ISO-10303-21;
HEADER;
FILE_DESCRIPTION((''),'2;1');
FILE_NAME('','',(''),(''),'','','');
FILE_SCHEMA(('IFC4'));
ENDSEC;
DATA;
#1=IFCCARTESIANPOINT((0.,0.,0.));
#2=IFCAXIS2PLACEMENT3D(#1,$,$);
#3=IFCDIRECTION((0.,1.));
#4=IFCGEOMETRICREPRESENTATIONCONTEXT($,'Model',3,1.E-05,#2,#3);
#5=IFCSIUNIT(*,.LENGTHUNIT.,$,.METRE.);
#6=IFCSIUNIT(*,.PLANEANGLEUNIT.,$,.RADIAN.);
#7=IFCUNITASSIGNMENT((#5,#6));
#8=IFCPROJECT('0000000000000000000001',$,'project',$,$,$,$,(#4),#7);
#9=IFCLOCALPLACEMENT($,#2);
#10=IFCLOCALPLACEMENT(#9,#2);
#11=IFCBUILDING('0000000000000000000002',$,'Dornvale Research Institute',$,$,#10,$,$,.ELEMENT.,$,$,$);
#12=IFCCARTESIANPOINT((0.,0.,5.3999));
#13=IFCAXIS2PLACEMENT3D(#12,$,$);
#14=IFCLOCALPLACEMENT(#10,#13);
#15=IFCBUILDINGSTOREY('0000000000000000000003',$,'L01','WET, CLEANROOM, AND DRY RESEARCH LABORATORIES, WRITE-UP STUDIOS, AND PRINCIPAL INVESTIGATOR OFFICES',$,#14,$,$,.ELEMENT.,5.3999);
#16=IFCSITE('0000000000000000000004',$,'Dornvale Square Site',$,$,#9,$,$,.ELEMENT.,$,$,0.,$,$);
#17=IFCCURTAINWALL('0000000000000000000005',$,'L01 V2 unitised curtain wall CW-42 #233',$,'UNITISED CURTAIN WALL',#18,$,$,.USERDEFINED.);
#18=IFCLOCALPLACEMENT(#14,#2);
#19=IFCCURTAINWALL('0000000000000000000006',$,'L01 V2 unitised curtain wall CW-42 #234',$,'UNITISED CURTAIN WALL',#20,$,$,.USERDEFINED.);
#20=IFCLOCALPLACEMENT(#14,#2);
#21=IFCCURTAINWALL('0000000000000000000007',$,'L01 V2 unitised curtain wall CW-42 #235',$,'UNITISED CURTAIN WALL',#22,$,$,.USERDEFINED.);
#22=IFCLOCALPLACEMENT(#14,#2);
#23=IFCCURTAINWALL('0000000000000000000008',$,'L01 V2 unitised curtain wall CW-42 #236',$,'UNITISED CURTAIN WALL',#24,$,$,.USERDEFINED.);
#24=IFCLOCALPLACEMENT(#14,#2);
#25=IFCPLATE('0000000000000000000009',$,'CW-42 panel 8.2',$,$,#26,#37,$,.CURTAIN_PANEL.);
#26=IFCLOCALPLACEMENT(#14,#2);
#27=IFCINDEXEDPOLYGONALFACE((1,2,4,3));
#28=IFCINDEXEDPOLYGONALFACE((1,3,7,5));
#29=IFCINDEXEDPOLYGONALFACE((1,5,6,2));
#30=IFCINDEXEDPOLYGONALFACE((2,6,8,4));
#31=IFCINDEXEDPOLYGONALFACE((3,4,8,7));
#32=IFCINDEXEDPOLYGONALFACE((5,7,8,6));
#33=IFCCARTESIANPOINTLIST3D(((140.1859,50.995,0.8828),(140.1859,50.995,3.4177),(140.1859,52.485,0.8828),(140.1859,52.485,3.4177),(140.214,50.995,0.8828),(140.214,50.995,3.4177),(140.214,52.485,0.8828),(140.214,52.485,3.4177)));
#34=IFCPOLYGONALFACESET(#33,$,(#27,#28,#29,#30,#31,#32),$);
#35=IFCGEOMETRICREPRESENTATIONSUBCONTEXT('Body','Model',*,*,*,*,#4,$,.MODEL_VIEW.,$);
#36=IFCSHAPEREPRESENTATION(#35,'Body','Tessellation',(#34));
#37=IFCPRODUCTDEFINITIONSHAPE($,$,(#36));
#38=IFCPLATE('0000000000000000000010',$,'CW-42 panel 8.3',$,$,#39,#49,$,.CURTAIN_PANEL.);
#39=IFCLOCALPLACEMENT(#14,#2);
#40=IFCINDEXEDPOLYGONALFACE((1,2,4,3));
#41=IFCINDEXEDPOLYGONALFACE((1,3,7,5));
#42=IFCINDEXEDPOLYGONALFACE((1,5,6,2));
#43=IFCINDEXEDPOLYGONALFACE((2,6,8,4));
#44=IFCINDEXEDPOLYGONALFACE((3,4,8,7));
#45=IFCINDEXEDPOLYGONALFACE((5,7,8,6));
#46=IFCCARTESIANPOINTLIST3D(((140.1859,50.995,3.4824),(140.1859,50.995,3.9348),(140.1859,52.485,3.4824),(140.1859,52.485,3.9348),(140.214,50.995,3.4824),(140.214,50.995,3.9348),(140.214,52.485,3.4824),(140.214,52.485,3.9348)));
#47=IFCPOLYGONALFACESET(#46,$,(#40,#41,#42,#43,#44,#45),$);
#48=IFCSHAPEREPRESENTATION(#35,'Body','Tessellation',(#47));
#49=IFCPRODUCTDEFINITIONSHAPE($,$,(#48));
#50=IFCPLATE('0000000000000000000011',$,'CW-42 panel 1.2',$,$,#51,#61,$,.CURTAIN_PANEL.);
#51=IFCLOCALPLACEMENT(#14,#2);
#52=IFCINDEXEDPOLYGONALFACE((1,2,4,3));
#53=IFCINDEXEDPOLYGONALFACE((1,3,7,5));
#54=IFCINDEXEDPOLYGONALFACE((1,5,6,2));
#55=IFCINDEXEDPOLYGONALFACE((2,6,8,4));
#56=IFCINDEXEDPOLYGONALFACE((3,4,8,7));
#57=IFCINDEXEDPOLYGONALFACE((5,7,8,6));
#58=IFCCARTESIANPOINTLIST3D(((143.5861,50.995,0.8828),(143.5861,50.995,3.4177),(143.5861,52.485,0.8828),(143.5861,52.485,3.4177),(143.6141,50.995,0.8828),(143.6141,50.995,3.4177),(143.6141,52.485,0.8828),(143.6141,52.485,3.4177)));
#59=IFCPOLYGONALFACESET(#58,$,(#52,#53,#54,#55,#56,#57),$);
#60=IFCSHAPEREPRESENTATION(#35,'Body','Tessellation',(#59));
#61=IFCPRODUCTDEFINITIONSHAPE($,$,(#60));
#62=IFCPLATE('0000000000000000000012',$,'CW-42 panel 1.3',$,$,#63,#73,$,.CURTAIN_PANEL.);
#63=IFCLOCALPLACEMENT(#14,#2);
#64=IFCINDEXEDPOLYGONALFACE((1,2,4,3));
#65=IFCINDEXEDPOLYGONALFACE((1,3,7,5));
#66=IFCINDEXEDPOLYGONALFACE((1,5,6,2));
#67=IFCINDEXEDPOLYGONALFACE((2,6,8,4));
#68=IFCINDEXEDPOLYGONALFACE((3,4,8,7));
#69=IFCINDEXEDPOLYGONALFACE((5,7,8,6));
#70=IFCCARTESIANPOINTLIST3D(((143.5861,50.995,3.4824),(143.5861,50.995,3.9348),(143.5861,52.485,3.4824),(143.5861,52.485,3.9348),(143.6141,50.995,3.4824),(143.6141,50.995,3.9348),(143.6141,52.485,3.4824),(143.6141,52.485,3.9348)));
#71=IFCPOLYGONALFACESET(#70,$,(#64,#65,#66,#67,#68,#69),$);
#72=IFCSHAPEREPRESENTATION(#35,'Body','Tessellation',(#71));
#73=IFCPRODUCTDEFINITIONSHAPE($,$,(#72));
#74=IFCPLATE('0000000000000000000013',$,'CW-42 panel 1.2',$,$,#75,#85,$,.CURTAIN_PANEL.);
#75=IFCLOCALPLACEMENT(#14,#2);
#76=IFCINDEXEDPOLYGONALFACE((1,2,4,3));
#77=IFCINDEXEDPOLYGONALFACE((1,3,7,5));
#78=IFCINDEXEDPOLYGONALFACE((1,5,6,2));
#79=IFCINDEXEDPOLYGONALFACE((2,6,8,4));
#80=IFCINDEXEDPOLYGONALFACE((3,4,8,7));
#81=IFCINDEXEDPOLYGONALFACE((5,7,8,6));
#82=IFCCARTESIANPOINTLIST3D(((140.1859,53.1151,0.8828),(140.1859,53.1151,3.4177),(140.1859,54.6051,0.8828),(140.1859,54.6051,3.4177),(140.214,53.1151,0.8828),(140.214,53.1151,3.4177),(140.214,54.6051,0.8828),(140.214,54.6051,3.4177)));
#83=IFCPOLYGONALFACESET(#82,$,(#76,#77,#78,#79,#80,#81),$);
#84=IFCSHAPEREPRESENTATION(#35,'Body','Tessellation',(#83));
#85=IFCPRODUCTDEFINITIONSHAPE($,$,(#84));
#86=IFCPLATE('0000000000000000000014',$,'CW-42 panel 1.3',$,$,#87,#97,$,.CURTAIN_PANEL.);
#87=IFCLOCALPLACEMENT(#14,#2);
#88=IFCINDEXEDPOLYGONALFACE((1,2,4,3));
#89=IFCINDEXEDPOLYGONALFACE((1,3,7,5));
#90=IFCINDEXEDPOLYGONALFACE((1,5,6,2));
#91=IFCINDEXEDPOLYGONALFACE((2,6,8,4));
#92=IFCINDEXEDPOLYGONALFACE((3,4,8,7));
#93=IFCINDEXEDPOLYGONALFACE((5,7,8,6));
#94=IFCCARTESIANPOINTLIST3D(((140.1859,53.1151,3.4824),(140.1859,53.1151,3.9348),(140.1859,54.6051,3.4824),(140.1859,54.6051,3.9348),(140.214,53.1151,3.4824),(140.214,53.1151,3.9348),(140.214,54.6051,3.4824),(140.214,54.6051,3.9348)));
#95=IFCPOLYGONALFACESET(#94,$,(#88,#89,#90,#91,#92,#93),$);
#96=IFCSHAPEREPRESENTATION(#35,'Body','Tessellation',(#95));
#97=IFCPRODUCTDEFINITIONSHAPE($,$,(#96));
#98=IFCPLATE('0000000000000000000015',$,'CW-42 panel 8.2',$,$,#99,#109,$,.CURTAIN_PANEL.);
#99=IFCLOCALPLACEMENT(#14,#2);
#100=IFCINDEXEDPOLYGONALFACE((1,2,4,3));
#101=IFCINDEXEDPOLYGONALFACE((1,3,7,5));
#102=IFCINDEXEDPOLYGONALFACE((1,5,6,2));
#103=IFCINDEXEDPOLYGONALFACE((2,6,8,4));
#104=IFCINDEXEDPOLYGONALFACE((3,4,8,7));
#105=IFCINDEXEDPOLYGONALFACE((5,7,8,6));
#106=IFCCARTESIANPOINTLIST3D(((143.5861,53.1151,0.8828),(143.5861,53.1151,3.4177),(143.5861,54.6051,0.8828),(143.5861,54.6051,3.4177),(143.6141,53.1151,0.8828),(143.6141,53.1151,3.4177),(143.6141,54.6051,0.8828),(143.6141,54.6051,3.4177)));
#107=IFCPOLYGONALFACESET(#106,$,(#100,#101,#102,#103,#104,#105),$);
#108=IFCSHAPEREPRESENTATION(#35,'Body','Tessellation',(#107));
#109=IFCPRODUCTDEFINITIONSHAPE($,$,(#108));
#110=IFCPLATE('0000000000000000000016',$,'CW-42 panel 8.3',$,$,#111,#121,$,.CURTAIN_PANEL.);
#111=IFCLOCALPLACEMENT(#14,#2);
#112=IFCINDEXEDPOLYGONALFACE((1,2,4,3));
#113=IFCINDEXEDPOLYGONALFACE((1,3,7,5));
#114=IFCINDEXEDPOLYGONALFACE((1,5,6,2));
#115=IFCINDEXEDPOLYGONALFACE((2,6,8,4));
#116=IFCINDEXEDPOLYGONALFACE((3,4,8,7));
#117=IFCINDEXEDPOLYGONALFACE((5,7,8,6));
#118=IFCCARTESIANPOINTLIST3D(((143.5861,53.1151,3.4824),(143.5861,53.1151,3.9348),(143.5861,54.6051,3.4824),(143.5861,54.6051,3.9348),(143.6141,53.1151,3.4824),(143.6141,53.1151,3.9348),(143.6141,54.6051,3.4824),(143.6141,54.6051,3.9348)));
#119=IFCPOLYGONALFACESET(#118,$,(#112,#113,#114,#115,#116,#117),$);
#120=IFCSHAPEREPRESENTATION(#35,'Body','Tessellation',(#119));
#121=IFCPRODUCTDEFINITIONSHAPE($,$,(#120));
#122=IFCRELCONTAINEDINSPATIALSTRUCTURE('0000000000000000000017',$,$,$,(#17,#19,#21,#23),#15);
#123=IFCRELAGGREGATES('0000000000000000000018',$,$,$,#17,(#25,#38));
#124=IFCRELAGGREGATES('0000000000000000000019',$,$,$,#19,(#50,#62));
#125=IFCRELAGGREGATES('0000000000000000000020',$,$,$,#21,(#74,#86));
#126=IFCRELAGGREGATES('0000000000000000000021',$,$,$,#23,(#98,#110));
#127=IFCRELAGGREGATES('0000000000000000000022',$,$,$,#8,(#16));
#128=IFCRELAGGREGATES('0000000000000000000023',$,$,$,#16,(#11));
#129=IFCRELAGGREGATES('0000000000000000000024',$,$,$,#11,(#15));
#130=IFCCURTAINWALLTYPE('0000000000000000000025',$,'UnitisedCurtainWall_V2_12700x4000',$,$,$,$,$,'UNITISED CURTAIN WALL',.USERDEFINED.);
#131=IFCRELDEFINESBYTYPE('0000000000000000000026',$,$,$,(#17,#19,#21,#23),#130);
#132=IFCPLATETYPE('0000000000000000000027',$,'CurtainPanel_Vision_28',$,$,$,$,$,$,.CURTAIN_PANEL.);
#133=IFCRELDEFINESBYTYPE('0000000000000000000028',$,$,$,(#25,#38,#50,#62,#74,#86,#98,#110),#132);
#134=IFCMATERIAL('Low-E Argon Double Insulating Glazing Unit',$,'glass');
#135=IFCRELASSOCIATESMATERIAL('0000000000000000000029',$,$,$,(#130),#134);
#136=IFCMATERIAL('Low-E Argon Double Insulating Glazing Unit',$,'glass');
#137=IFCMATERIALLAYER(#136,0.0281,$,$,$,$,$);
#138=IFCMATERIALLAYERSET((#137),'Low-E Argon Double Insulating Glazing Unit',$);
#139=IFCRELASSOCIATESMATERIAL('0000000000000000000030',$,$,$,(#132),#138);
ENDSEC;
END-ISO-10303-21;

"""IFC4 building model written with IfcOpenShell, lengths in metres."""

from ifc_helpers import new_model, si_unit, direction, frame, origin, origin_2d, place, context, subcontext, project, spatial, rectangle, extrude, material, layer, layer_set, type_object, element, aggregate, save


model = new_model("IFC4")

# Units and contexts
model_context = context("Model", 3, precision=1e-05, world=origin(), true_north=direction((0.0, 1.0)))
body_context = subcontext(model_context, "Body", "Model", "MODEL_VIEW")
ifc_project = project(units=[si_unit("LENGTHUNIT", "METRE"), si_unit("PLANEANGLEUNIT", "RADIAN")], contexts=[model_context])

# Site, building, storey
site_placement = place(None, origin())
site = spatial("IfcSite", under=ifc_project, at=site_placement, Name="Dornvale Square Site", CompositionType="ELEMENT", RefElevation=0.0)
building_placement = place(site_placement, origin())
building = spatial("IfcBuilding", under=site, at=building_placement, Name="Dornvale Research Institute", CompositionType="ELEMENT")
storey_placement = place(building_placement, frame((0.0, 0.0, 5.3999)))
storey = spatial("IfcBuildingStorey", under=building, at=storey_placement, Name="L01", Description="WET, CLEANROOM, AND DRY RESEARCH LABORATORIES, WRITE-UP STUDIOS, AND PRINCIPAL INVESTIGATOR OFFICES", CompositionType="ELEMENT", Elevation=5.3999)

# Curtain walls
ifc_material_1 = material(Name="Low-E Argon Double Insulating Glazing Unit", Category="glass")
curtain_wall_type = type_object("IfcCurtainWallType", Name="UnitisedCurtainWall_V2_12700x4000", ElementType="UNITISED CURTAIN WALL", PredefinedType="USERDEFINED", material=ifc_material_1)
curtain_wall_1_placement = place(storey_placement, origin())
curtain_wall_1 = element("IfcCurtainWall", 1, at=curtain_wall_1_placement, inside=storey, type_object=curtain_wall_type, Name="L01 V2 unitised curtain wall CW-42 #233", ObjectType="UNITISED CURTAIN WALL", PredefinedType="USERDEFINED")
curtain_wall_2_placement = place(storey_placement, origin())
curtain_wall_2 = element("IfcCurtainWall", 2, at=curtain_wall_2_placement, inside=storey, type_object=curtain_wall_type, Name="L01 V2 unitised curtain wall CW-42 #234", ObjectType="UNITISED CURTAIN WALL", PredefinedType="USERDEFINED")
curtain_wall_3_placement = place(storey_placement, origin())
curtain_wall_3 = element("IfcCurtainWall", 3, at=curtain_wall_3_placement, inside=storey, type_object=curtain_wall_type, Name="L01 V2 unitised curtain wall CW-42 #235", ObjectType="UNITISED CURTAIN WALL", PredefinedType="USERDEFINED")
curtain_wall_4_placement = place(storey_placement, origin())
curtain_wall_4 = element("IfcCurtainWall", 4, at=curtain_wall_4_placement, inside=storey, type_object=curtain_wall_type, Name="L01 V2 unitised curtain wall CW-42 #236", ObjectType="UNITISED CURTAIN WALL", PredefinedType="USERDEFINED")

# Plates
ifc_material_2 = material(Name="Low-E Argon Double Insulating Glazing Unit", Category="glass")
ifc_layer_1 = layer(ifc_material_2, 0.0281)
ifc_layer_set_1 = layer_set([ifc_layer_1], Name="Low-E Argon Double Insulating Glazing Unit")
plate_type_1 = type_object("IfcPlateType", Name="CurtainPanel_Vision_28", PredefinedType="CURTAIN_PANEL", material=ifc_layer_set_1)
plate_1_placement = place(storey_placement, frame((140.2, 51.74, 0.8828), z_axis=(0.0, 0.0, 1.0), x_axis=(0.0, 1.0, 0.0)))
plate_1 = element("IfcPlate", 5, at=plate_1_placement, type_object=plate_type_1, Name="CW-42 panel 8.2", PredefinedType="CURTAIN_PANEL", context=body_context, shape_type="SweptSolid", body=[
    extrude(rectangle(XDim=1.49, YDim=0.0281, at=origin_2d()), origin(), (0.0, 0.0, 1.0), 2.5349),
])
plate_2_placement = place(storey_placement, frame((140.2, 51.74, 3.4824), z_axis=(0.0, 0.0, 1.0), x_axis=(0.0, 1.0, 0.0)))
plate_2 = element("IfcPlate", 6, at=plate_2_placement, type_object=plate_type_1, Name="CW-42 panel 8.3", PredefinedType="CURTAIN_PANEL", context=body_context, shape_type="SweptSolid", body=[
    extrude(rectangle(XDim=1.49, YDim=0.0281, at=origin_2d()), origin(), (0.0, 0.0, 1.0), 0.4524),
])
aggregate(curtain_wall_1, [plate_1, plate_2])
plate_3_placement = place(storey_placement, frame((143.6001, 51.74, 0.8828), z_axis=(0.0, 0.0, 1.0), x_axis=(0.0, -1.0, 0.0)))
plate_3 = element("IfcPlate", 7, at=plate_3_placement, type_object=plate_type_1, Name="CW-42 panel 1.2", PredefinedType="CURTAIN_PANEL", context=body_context, shape_type="SweptSolid", body=[
    extrude(rectangle(XDim=1.49, YDim=0.0281, at=origin_2d()), origin(), (0.0, 0.0, 1.0), 2.5349),
])
plate_4_placement = place(storey_placement, frame((143.6001, 51.74, 3.4824), z_axis=(0.0, 0.0, 1.0), x_axis=(0.0, -1.0, 0.0)))
plate_4 = element("IfcPlate", 8, at=plate_4_placement, type_object=plate_type_1, Name="CW-42 panel 1.3", PredefinedType="CURTAIN_PANEL", context=body_context, shape_type="SweptSolid", body=[
    extrude(rectangle(XDim=1.49, YDim=0.0281, at=origin_2d()), origin(), (0.0, 0.0, 1.0), 0.4524),
])
aggregate(curtain_wall_2, [plate_3, plate_4])
plate_5_placement = place(storey_placement, frame((140.2, 53.8601, 0.8828), z_axis=(0.0, 0.0, 1.0), x_axis=(0.0, 1.0, 0.0)))
plate_5 = element("IfcPlate", 9, at=plate_5_placement, type_object=plate_type_1, Name="CW-42 panel 1.2", PredefinedType="CURTAIN_PANEL", context=body_context, shape_type="SweptSolid", body=[
    extrude(rectangle(XDim=1.49, YDim=0.0281, at=origin_2d()), origin(), (0.0, 0.0, 1.0), 2.5349),
])
plate_6_placement = place(storey_placement, frame((140.2, 53.8601, 3.4824), z_axis=(0.0, 0.0, 1.0), x_axis=(0.0, 1.0, 0.0)))
plate_6 = element("IfcPlate", 10, at=plate_6_placement, type_object=plate_type_1, Name="CW-42 panel 1.3", PredefinedType="CURTAIN_PANEL", context=body_context, shape_type="SweptSolid", body=[
    extrude(rectangle(XDim=1.49, YDim=0.0281, at=origin_2d()), origin(), (0.0, 0.0, 1.0), 0.4524),
])
aggregate(curtain_wall_3, [plate_5, plate_6])
plate_7_placement = place(storey_placement, frame((143.6001, 53.8601, 0.8828), z_axis=(0.0, 0.0, 1.0), x_axis=(0.0, -1.0, 0.0)))
plate_7 = element("IfcPlate", 11, at=plate_7_placement, type_object=plate_type_1, Name="CW-42 panel 8.2", PredefinedType="CURTAIN_PANEL", context=body_context, shape_type="SweptSolid", body=[
    extrude(rectangle(XDim=1.49, YDim=0.0281, at=origin_2d()), origin(), (0.0, 0.0, 1.0), 2.5349),
])
plate_8_placement = place(storey_placement, frame((143.6001, 53.8601, 3.4824), z_axis=(0.0, 0.0, 1.0), x_axis=(0.0, -1.0, 0.0)))
plate_8 = element("IfcPlate", 12, at=plate_8_placement, type_object=plate_type_1, Name="CW-42 panel 8.3", PredefinedType="CURTAIN_PANEL", context=body_context, shape_type="SweptSolid", body=[
    extrude(rectangle(XDim=1.49, YDim=0.0281, at=origin_2d()), origin(), (0.0, 0.0, 1.0), 0.4524),
])
aggregate(curtain_wall_4, [plate_7, plate_8])

save(model, "model.ifc")
